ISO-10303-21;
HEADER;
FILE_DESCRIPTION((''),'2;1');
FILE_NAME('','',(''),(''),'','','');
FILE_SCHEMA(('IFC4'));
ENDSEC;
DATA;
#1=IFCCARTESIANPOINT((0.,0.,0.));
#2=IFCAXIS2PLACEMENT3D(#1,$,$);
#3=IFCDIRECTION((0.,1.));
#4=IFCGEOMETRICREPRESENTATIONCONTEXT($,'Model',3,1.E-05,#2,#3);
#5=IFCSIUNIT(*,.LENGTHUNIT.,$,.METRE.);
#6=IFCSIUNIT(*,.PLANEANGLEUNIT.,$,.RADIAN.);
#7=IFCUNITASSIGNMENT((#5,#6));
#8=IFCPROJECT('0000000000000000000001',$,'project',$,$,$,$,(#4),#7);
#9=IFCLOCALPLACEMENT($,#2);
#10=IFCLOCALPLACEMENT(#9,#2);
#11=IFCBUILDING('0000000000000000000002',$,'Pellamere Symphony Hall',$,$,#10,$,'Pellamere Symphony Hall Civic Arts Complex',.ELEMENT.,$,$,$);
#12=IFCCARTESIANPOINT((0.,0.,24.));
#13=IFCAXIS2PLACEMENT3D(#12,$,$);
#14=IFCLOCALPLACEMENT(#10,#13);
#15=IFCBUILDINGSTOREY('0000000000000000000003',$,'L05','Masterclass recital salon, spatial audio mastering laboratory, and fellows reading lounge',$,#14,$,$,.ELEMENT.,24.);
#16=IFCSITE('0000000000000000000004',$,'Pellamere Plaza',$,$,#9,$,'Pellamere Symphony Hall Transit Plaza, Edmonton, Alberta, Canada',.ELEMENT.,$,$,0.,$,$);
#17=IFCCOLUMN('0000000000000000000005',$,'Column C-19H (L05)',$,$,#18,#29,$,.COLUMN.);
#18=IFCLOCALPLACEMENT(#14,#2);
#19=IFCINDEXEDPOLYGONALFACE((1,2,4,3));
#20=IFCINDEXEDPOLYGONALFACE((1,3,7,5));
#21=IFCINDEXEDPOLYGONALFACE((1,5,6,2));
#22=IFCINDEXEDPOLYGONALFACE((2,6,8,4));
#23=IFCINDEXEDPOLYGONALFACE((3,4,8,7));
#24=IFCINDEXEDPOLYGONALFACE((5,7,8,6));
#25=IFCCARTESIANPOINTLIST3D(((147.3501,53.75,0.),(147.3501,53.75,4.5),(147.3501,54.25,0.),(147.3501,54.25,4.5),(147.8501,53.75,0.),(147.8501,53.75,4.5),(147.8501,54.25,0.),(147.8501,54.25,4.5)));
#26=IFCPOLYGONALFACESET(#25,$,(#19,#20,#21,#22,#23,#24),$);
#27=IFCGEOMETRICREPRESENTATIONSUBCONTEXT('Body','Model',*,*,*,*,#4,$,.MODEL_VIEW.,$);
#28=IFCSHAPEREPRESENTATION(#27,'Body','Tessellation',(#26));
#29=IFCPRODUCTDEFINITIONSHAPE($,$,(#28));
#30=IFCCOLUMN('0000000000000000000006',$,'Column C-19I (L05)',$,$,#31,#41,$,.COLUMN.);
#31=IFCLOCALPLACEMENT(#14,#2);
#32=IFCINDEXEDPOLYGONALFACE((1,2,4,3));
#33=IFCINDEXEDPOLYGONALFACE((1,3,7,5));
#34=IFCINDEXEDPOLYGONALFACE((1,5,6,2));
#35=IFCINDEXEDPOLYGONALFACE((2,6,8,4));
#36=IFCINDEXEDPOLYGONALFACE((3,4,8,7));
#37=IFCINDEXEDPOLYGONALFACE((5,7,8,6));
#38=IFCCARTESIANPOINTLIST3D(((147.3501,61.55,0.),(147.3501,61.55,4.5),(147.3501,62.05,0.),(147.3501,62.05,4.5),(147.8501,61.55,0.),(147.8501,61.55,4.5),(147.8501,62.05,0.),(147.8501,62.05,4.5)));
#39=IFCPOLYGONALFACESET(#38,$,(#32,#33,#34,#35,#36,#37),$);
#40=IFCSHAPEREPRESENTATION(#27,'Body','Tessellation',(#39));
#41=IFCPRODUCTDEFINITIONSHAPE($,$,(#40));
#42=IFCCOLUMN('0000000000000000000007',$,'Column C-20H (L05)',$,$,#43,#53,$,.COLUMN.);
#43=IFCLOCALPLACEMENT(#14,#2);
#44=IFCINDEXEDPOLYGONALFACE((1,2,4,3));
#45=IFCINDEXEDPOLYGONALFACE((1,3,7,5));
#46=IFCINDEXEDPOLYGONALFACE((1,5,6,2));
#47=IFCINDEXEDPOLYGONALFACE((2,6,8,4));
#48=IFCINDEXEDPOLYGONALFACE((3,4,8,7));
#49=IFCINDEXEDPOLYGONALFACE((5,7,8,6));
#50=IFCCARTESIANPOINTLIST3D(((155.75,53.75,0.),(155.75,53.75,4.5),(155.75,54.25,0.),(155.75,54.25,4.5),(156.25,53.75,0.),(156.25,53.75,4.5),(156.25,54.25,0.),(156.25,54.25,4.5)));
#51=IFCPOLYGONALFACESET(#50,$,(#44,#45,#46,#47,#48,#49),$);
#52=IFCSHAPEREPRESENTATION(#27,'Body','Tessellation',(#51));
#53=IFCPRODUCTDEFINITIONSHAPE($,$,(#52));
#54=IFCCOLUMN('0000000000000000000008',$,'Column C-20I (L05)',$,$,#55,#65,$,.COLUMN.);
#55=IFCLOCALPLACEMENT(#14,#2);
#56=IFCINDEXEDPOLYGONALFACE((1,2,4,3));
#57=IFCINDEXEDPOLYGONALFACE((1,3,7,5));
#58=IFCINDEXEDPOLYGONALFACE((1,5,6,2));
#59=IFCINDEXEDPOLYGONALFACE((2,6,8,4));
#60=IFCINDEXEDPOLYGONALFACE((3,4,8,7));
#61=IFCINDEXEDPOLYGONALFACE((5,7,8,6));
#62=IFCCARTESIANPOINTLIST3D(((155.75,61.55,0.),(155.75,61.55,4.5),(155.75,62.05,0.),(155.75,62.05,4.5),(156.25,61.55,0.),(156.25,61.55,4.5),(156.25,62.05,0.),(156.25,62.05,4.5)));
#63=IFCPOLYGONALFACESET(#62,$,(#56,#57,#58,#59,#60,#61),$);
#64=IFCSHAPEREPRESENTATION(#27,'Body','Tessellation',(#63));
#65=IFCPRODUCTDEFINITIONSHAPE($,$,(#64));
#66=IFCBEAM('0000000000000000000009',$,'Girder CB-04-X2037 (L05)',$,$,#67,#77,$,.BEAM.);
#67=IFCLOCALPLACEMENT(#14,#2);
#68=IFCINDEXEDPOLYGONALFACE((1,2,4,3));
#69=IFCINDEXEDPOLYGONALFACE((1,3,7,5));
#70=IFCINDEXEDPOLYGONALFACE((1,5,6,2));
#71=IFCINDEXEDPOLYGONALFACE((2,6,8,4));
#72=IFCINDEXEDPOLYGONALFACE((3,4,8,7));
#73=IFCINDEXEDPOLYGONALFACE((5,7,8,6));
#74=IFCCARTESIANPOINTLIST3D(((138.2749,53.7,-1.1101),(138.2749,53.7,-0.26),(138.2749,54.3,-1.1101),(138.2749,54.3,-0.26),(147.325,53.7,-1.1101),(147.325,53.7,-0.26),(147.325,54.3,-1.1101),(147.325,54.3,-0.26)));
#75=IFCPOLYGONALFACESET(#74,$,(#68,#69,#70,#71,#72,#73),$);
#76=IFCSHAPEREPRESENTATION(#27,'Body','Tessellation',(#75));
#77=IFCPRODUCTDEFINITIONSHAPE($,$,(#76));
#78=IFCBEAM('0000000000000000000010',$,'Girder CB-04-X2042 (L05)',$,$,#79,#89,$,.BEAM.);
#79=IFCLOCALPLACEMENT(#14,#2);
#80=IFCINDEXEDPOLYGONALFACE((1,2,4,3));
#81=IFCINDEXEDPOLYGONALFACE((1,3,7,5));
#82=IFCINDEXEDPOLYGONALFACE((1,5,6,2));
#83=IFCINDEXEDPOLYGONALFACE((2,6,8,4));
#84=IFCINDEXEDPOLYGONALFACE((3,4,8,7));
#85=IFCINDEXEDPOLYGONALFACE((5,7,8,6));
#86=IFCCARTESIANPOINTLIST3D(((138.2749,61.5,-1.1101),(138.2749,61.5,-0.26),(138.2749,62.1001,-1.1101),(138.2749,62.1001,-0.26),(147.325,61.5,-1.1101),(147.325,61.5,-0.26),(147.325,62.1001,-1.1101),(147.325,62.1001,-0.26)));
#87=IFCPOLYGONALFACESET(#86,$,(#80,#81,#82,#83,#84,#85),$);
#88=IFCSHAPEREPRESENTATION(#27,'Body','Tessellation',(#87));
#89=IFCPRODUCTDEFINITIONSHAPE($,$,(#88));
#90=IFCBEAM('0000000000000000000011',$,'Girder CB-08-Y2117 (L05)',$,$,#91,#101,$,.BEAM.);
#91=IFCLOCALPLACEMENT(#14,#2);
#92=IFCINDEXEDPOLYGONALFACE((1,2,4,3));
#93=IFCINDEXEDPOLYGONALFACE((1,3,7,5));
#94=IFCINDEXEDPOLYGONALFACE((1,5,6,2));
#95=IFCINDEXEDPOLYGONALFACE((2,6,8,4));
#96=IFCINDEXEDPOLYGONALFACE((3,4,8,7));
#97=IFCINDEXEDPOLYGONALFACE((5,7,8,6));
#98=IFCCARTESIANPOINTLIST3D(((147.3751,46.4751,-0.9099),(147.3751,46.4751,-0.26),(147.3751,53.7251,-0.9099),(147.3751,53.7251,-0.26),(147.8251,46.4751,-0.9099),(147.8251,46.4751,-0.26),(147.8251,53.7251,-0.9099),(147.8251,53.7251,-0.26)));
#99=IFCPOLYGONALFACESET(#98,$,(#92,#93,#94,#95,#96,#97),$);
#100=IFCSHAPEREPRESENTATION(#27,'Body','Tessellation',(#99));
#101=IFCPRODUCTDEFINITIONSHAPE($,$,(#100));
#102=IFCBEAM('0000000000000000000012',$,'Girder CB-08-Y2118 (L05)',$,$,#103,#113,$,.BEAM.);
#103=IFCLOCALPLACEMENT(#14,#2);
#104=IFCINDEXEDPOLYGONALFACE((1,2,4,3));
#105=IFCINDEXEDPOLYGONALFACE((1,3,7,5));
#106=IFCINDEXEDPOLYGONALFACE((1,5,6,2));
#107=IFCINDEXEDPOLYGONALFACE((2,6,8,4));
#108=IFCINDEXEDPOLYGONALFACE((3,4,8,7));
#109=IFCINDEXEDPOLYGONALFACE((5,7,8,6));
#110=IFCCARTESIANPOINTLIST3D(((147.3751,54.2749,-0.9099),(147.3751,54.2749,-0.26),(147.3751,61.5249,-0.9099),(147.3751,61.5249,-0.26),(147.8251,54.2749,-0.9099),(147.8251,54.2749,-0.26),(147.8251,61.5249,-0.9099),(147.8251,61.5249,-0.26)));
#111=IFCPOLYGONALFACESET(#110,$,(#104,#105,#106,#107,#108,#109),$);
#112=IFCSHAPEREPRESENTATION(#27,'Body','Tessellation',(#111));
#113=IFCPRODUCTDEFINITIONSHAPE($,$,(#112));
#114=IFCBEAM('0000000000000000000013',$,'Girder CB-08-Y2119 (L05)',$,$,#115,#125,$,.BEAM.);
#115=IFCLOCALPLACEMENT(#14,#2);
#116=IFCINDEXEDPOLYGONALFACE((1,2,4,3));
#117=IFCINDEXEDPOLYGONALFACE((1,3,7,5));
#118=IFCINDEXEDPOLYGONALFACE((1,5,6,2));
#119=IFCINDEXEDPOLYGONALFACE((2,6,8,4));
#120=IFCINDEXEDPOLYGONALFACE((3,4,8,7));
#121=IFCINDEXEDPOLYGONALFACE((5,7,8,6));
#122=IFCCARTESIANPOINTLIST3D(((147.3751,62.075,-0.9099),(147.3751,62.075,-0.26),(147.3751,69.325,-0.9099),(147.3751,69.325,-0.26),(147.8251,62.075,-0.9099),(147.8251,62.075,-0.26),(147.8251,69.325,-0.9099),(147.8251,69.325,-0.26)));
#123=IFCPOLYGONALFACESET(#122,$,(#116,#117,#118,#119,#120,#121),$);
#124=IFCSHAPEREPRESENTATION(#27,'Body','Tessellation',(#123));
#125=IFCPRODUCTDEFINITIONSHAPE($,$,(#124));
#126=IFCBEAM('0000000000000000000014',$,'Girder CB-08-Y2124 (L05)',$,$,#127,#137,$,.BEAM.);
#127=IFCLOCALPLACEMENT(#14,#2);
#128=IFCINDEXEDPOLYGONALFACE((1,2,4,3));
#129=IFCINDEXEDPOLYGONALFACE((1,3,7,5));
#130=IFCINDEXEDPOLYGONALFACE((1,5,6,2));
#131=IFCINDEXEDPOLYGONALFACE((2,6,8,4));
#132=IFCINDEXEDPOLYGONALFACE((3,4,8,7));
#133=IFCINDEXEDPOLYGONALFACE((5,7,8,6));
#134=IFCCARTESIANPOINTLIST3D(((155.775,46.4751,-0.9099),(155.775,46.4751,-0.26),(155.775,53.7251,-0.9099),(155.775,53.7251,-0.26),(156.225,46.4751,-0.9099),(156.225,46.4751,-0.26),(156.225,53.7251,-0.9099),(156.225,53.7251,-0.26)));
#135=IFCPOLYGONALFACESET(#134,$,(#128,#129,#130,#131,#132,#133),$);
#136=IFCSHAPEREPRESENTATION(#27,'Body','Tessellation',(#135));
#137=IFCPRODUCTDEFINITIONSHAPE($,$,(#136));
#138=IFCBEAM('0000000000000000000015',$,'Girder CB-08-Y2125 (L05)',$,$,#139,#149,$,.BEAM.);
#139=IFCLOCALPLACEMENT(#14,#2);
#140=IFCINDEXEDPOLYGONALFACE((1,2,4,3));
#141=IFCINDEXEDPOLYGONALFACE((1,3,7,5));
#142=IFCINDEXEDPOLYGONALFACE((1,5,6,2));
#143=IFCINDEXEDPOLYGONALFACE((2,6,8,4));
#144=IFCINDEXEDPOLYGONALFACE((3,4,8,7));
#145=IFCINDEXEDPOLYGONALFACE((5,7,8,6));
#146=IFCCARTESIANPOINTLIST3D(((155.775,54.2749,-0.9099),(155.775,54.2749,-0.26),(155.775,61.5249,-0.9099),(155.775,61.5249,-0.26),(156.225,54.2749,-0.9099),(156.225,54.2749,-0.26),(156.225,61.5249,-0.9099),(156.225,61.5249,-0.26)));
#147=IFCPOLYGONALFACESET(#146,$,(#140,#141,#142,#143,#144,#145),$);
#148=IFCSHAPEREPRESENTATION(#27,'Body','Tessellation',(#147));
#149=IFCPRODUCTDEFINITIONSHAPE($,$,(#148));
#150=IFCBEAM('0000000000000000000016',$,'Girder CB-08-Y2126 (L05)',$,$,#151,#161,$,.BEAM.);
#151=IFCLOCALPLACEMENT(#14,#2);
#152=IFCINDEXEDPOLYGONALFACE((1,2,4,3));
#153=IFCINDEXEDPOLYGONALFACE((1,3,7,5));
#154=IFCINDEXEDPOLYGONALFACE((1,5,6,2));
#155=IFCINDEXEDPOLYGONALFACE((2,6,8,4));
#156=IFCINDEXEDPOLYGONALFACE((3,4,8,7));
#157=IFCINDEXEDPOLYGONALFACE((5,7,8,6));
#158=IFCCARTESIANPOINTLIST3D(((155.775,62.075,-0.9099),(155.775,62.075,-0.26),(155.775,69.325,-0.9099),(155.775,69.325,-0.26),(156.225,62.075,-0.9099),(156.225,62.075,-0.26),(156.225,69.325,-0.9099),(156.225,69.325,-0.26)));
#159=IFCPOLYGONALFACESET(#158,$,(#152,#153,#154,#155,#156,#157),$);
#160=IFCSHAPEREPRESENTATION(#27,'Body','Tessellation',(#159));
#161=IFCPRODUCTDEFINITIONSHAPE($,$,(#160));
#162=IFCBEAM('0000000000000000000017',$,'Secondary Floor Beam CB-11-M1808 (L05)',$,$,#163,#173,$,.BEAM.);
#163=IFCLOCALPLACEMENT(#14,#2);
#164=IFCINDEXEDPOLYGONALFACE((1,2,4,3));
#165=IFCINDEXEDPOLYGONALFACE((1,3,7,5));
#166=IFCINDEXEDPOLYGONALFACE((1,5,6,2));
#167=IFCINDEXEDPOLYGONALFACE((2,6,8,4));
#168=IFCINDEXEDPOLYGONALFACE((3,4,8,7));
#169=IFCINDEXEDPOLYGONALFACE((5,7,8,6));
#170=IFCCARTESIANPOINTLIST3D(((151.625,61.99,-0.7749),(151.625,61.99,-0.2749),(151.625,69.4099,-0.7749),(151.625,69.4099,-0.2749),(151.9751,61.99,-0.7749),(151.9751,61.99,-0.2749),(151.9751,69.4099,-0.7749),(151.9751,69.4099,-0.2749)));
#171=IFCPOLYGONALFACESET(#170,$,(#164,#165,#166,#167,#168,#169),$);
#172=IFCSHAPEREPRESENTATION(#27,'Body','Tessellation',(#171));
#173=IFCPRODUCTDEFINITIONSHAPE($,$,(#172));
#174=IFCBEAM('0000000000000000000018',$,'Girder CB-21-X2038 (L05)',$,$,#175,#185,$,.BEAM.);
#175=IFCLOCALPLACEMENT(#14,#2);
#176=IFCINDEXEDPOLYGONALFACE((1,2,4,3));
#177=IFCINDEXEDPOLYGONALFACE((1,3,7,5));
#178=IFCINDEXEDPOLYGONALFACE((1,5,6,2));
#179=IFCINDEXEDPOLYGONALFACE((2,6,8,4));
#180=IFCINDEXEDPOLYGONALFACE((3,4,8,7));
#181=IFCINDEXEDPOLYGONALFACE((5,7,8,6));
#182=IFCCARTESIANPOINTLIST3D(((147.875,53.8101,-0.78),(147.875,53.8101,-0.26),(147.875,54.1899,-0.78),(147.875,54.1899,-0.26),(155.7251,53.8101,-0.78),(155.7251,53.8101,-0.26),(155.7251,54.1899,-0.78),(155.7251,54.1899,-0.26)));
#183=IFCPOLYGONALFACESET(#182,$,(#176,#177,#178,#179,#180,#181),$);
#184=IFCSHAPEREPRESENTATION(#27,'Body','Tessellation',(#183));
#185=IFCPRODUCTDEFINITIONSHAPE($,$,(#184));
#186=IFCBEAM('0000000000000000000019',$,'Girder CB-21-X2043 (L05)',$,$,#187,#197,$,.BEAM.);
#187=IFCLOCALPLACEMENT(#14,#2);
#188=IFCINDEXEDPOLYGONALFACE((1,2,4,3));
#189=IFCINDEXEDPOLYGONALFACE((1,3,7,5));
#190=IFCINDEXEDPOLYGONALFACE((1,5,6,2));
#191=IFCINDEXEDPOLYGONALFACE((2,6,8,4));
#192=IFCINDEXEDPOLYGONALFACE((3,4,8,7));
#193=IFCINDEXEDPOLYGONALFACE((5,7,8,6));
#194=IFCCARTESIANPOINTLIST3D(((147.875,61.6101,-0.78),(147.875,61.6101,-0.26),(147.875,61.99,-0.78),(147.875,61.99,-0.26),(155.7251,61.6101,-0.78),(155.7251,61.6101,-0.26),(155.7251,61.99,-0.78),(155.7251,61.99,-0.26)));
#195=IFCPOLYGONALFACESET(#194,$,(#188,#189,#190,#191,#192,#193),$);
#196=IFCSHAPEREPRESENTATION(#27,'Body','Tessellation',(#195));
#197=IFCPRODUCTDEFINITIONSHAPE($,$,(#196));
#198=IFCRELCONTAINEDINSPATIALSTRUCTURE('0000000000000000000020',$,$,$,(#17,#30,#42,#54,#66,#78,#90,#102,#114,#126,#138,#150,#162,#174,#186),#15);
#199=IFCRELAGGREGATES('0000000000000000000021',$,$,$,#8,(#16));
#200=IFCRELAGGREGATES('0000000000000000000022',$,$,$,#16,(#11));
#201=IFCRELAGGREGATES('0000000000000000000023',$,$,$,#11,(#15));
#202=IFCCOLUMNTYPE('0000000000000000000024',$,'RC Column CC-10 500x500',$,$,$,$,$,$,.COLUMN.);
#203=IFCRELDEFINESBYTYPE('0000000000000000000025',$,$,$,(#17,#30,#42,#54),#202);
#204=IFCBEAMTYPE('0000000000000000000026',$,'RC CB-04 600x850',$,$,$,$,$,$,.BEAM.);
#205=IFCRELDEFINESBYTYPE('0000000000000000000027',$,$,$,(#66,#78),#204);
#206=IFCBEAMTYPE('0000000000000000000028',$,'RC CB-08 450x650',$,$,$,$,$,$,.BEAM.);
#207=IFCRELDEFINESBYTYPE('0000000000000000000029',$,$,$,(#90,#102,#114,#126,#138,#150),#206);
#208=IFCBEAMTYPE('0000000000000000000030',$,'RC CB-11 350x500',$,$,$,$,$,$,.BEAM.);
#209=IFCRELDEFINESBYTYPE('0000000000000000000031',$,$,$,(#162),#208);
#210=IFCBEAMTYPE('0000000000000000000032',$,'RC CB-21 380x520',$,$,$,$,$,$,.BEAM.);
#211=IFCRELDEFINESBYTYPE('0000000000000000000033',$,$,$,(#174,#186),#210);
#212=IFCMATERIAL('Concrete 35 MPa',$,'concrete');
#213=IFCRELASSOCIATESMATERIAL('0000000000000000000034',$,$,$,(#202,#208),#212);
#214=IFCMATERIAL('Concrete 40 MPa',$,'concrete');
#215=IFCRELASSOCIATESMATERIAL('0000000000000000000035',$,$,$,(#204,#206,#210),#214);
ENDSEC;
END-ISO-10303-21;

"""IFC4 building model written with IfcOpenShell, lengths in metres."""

from ifc_helpers import new_model, si_unit, direction, frame, origin, origin_2d, place, context, subcontext, project, spatial, rectangle, extrude, material, material_profile, profile_set, type_object, element, save


model = new_model("IFC4")

# Units and contexts
model_context = context("Model", 3, precision=1e-05, world=origin(), true_north=direction((0.0, 1.0)))
body_context = subcontext(model_context, "Body", "Model", "MODEL_VIEW")
ifc_project = project(units=[si_unit("LENGTHUNIT", "METRE"), si_unit("PLANEANGLEUNIT", "RADIAN")], contexts=[model_context])

# Site, building, storey
site_placement = place(None, origin())
site = spatial("IfcSite", under=ifc_project, at=site_placement, Name="Pellamere Plaza", LongName="Pellamere Symphony Hall Transit Plaza, Edmonton, Alberta, Canada", CompositionType="ELEMENT", RefElevation=0.0)
building_placement = place(site_placement, origin())
building = spatial("IfcBuilding", under=site, at=building_placement, Name="Pellamere Symphony Hall", LongName="Pellamere Symphony Hall Civic Arts Complex", CompositionType="ELEMENT")
storey_placement = place(building_placement, frame((0.0, 0.0, 24.0)))
storey = spatial("IfcBuildingStorey", under=building, at=storey_placement, Name="L05", Description="Masterclass recital salon, spatial audio mastering laboratory, and fellows reading lounge", CompositionType="ELEMENT", Elevation=24.0)

# Columns
ifc_material_1 = material(Name="Concrete 35 MPa", Category="concrete")
ifc_material_profile_1 = material_profile(ifc_material_1, rectangle(XDim=0.5, YDim=0.5, at=origin_2d()), Name="RC 500x500")
ifc_profile_set_1 = profile_set([ifc_material_profile_1], Name="Concrete 35 MPa")
column_type = type_object("IfcColumnType", Name="RC Column CC-10 500x500", PredefinedType="COLUMN", material=ifc_profile_set_1)
for number, where, z_axis, x_axis, name in (
    (1, (147.6001, 54.0, 0.0), (0.0, 0.0, 1.0), (1.0, 0.0, 0.0), "Column C-19H (L05)"),
    (2, (147.6001, 61.8, 0.0), (0.0, 0.0, 1.0), (1.0, 0.0, 0.0), "Column C-19I (L05)"),
    (3, (156.0, 54.0, 0.0), (0.0, 0.0, 1.0), (1.0, 0.0, 0.0), "Column C-20H (L05)"),
    (4, (156.0, 61.8, 0.0), (0.0, 0.0, 1.0), (1.0, 0.0, 0.0), "Column C-20I (L05)"),
):
    element("IfcColumn", number, at=place(storey_placement, frame(where, z_axis=z_axis, x_axis=x_axis)), inside=storey, type_object=column_type, Name=name, PredefinedType="COLUMN", context=body_context, shape_type="SweptSolid", body=[
        extrude(rectangle(XDim=0.5, YDim=0.5, at=origin_2d()), origin(), (0.0, 0.0, 1.0), 4.5),
    ])

# Beams
ifc_material_2 = material(Name="Concrete 40 MPa", Category="concrete")
ifc_material_profile_2 = material_profile(ifc_material_2, rectangle(XDim=0.6001, YDim=0.8501, at=origin_2d()), Name="RC 600x850")
ifc_profile_set_2 = profile_set([ifc_material_profile_2], Name="Concrete 40 MPa")
beam_type_1 = type_object("IfcBeamType", Name="RC CB-04 600x850", PredefinedType="BEAM", material=ifc_profile_set_2)
for number, where, z_axis, x_axis, name in (
    (5, (138.2749, 54.0, -0.6851), (1.0, 0.0, 0.0), (0.0, 1.0, 0.0), "Girder CB-04-X2037 (L05)"),
    (6, (138.2749, 61.8, -0.6851), (1.0, 0.0, 0.0), (0.0, 1.0, 0.0), "Girder CB-04-X2042 (L05)"),
):
    element("IfcBeam", number, at=place(storey_placement, frame(where, z_axis=z_axis, x_axis=x_axis)), inside=storey, type_object=beam_type_1, Name=name, PredefinedType="BEAM", context=body_context, shape_type="SweptSolid", body=[
        extrude(rectangle(XDim=0.6001, YDim=0.8501, at=origin_2d()), origin(), (0.0, 0.0, 1.0), 9.05),
    ])
ifc_material_profile_3 = material_profile(ifc_material_2, rectangle(XDim=0.45, YDim=0.6499, at=origin_2d()), Name="RC 450x650")
ifc_profile_set_3 = profile_set([ifc_material_profile_3], Name="Concrete 40 MPa")
beam_type_2 = type_object("IfcBeamType", Name="RC CB-08 450x650", PredefinedType="BEAM", material=ifc_profile_set_3)
for number, where, z_axis, x_axis, name in (
    (7, (147.6001, 46.4751, -0.585), (0.0, 1.0, 0.0), (-1.0, 0.0, 0.0), "Girder CB-08-Y2117 (L05)"),
    (8, (147.6001, 54.2749, -0.585), (0.0, 1.0, 0.0), (-1.0, 0.0, 0.0), "Girder CB-08-Y2118 (L05)"),
    (9, (147.6001, 62.075, -0.585), (0.0, 1.0, 0.0), (-1.0, 0.0, 0.0), "Girder CB-08-Y2119 (L05)"),
    (10, (156.0, 46.4751, -0.585), (0.0, 1.0, 0.0), (-1.0, 0.0, 0.0), "Girder CB-08-Y2124 (L05)"),
    (11, (156.0, 54.2749, -0.585), (0.0, 1.0, 0.0), (-1.0, 0.0, 0.0), "Girder CB-08-Y2125 (L05)"),
    (12, (156.0, 62.075, -0.585), (0.0, 1.0, 0.0), (-1.0, 0.0, 0.0), "Girder CB-08-Y2126 (L05)"),
):
    element("IfcBeam", number, at=place(storey_placement, frame(where, z_axis=z_axis, x_axis=x_axis)), inside=storey, type_object=beam_type_2, Name=name, PredefinedType="BEAM", context=body_context, shape_type="SweptSolid", body=[
        extrude(rectangle(XDim=0.45, YDim=0.6499, at=origin_2d()), origin(), (0.0, 0.0, 1.0), 7.25),
    ])
ifc_material_profile_4 = material_profile(ifc_material_1, rectangle(XDim=0.3501, YDim=0.5, at=origin_2d()), Name="RC 350x500")
ifc_profile_set_4 = profile_set([ifc_material_profile_4], Name="Concrete 35 MPa")
beam_type_3 = type_object("IfcBeamType", Name="RC CB-11 350x500", PredefinedType="BEAM", material=ifc_profile_set_4)
beam_1_placement = place(storey_placement, frame((151.8, 61.99, -0.5249), z_axis=(0.0, 1.0, 0.0), x_axis=(-1.0, 0.0, 0.0)))
element("IfcBeam", 13, at=beam_1_placement, inside=storey, type_object=beam_type_3, Name="Secondary Floor Beam CB-11-M1808 (L05)", PredefinedType="BEAM", context=body_context, shape_type="SweptSolid", body=[
    extrude(rectangle(XDim=0.3501, YDim=0.5, at=origin_2d()), origin(), (0.0, 0.0, 1.0), 7.4199),
])
ifc_material_profile_5 = material_profile(ifc_material_2, rectangle(XDim=0.3799, YDim=0.52, at=origin_2d()), Name="RC 380x520")
ifc_profile_set_5 = profile_set([ifc_material_profile_5], Name="Concrete 40 MPa")
beam_type_4 = type_object("IfcBeamType", Name="RC CB-21 380x520", PredefinedType="BEAM", material=ifc_profile_set_5)
for number, where, z_axis, x_axis, name in (
    (14, (147.875, 54.0, -0.52), (1.0, 0.0, 0.0), (0.0, 1.0, 0.0), "Girder CB-21-X2038 (L05)"),
    (15, (147.875, 61.8, -0.52), (1.0, 0.0, 0.0), (0.0, 1.0, 0.0), "Girder CB-21-X2043 (L05)"),
):
    element("IfcBeam", number, at=place(storey_placement, frame(where, z_axis=z_axis, x_axis=x_axis)), inside=storey, type_object=beam_type_4, Name=name, PredefinedType="BEAM", context=body_context, shape_type="SweptSolid", body=[
        extrude(rectangle(XDim=0.3799, YDim=0.52, at=origin_2d()), origin(), (0.0, 0.0, 1.0), 7.8501),
    ])

save(model, "model.ifc")
